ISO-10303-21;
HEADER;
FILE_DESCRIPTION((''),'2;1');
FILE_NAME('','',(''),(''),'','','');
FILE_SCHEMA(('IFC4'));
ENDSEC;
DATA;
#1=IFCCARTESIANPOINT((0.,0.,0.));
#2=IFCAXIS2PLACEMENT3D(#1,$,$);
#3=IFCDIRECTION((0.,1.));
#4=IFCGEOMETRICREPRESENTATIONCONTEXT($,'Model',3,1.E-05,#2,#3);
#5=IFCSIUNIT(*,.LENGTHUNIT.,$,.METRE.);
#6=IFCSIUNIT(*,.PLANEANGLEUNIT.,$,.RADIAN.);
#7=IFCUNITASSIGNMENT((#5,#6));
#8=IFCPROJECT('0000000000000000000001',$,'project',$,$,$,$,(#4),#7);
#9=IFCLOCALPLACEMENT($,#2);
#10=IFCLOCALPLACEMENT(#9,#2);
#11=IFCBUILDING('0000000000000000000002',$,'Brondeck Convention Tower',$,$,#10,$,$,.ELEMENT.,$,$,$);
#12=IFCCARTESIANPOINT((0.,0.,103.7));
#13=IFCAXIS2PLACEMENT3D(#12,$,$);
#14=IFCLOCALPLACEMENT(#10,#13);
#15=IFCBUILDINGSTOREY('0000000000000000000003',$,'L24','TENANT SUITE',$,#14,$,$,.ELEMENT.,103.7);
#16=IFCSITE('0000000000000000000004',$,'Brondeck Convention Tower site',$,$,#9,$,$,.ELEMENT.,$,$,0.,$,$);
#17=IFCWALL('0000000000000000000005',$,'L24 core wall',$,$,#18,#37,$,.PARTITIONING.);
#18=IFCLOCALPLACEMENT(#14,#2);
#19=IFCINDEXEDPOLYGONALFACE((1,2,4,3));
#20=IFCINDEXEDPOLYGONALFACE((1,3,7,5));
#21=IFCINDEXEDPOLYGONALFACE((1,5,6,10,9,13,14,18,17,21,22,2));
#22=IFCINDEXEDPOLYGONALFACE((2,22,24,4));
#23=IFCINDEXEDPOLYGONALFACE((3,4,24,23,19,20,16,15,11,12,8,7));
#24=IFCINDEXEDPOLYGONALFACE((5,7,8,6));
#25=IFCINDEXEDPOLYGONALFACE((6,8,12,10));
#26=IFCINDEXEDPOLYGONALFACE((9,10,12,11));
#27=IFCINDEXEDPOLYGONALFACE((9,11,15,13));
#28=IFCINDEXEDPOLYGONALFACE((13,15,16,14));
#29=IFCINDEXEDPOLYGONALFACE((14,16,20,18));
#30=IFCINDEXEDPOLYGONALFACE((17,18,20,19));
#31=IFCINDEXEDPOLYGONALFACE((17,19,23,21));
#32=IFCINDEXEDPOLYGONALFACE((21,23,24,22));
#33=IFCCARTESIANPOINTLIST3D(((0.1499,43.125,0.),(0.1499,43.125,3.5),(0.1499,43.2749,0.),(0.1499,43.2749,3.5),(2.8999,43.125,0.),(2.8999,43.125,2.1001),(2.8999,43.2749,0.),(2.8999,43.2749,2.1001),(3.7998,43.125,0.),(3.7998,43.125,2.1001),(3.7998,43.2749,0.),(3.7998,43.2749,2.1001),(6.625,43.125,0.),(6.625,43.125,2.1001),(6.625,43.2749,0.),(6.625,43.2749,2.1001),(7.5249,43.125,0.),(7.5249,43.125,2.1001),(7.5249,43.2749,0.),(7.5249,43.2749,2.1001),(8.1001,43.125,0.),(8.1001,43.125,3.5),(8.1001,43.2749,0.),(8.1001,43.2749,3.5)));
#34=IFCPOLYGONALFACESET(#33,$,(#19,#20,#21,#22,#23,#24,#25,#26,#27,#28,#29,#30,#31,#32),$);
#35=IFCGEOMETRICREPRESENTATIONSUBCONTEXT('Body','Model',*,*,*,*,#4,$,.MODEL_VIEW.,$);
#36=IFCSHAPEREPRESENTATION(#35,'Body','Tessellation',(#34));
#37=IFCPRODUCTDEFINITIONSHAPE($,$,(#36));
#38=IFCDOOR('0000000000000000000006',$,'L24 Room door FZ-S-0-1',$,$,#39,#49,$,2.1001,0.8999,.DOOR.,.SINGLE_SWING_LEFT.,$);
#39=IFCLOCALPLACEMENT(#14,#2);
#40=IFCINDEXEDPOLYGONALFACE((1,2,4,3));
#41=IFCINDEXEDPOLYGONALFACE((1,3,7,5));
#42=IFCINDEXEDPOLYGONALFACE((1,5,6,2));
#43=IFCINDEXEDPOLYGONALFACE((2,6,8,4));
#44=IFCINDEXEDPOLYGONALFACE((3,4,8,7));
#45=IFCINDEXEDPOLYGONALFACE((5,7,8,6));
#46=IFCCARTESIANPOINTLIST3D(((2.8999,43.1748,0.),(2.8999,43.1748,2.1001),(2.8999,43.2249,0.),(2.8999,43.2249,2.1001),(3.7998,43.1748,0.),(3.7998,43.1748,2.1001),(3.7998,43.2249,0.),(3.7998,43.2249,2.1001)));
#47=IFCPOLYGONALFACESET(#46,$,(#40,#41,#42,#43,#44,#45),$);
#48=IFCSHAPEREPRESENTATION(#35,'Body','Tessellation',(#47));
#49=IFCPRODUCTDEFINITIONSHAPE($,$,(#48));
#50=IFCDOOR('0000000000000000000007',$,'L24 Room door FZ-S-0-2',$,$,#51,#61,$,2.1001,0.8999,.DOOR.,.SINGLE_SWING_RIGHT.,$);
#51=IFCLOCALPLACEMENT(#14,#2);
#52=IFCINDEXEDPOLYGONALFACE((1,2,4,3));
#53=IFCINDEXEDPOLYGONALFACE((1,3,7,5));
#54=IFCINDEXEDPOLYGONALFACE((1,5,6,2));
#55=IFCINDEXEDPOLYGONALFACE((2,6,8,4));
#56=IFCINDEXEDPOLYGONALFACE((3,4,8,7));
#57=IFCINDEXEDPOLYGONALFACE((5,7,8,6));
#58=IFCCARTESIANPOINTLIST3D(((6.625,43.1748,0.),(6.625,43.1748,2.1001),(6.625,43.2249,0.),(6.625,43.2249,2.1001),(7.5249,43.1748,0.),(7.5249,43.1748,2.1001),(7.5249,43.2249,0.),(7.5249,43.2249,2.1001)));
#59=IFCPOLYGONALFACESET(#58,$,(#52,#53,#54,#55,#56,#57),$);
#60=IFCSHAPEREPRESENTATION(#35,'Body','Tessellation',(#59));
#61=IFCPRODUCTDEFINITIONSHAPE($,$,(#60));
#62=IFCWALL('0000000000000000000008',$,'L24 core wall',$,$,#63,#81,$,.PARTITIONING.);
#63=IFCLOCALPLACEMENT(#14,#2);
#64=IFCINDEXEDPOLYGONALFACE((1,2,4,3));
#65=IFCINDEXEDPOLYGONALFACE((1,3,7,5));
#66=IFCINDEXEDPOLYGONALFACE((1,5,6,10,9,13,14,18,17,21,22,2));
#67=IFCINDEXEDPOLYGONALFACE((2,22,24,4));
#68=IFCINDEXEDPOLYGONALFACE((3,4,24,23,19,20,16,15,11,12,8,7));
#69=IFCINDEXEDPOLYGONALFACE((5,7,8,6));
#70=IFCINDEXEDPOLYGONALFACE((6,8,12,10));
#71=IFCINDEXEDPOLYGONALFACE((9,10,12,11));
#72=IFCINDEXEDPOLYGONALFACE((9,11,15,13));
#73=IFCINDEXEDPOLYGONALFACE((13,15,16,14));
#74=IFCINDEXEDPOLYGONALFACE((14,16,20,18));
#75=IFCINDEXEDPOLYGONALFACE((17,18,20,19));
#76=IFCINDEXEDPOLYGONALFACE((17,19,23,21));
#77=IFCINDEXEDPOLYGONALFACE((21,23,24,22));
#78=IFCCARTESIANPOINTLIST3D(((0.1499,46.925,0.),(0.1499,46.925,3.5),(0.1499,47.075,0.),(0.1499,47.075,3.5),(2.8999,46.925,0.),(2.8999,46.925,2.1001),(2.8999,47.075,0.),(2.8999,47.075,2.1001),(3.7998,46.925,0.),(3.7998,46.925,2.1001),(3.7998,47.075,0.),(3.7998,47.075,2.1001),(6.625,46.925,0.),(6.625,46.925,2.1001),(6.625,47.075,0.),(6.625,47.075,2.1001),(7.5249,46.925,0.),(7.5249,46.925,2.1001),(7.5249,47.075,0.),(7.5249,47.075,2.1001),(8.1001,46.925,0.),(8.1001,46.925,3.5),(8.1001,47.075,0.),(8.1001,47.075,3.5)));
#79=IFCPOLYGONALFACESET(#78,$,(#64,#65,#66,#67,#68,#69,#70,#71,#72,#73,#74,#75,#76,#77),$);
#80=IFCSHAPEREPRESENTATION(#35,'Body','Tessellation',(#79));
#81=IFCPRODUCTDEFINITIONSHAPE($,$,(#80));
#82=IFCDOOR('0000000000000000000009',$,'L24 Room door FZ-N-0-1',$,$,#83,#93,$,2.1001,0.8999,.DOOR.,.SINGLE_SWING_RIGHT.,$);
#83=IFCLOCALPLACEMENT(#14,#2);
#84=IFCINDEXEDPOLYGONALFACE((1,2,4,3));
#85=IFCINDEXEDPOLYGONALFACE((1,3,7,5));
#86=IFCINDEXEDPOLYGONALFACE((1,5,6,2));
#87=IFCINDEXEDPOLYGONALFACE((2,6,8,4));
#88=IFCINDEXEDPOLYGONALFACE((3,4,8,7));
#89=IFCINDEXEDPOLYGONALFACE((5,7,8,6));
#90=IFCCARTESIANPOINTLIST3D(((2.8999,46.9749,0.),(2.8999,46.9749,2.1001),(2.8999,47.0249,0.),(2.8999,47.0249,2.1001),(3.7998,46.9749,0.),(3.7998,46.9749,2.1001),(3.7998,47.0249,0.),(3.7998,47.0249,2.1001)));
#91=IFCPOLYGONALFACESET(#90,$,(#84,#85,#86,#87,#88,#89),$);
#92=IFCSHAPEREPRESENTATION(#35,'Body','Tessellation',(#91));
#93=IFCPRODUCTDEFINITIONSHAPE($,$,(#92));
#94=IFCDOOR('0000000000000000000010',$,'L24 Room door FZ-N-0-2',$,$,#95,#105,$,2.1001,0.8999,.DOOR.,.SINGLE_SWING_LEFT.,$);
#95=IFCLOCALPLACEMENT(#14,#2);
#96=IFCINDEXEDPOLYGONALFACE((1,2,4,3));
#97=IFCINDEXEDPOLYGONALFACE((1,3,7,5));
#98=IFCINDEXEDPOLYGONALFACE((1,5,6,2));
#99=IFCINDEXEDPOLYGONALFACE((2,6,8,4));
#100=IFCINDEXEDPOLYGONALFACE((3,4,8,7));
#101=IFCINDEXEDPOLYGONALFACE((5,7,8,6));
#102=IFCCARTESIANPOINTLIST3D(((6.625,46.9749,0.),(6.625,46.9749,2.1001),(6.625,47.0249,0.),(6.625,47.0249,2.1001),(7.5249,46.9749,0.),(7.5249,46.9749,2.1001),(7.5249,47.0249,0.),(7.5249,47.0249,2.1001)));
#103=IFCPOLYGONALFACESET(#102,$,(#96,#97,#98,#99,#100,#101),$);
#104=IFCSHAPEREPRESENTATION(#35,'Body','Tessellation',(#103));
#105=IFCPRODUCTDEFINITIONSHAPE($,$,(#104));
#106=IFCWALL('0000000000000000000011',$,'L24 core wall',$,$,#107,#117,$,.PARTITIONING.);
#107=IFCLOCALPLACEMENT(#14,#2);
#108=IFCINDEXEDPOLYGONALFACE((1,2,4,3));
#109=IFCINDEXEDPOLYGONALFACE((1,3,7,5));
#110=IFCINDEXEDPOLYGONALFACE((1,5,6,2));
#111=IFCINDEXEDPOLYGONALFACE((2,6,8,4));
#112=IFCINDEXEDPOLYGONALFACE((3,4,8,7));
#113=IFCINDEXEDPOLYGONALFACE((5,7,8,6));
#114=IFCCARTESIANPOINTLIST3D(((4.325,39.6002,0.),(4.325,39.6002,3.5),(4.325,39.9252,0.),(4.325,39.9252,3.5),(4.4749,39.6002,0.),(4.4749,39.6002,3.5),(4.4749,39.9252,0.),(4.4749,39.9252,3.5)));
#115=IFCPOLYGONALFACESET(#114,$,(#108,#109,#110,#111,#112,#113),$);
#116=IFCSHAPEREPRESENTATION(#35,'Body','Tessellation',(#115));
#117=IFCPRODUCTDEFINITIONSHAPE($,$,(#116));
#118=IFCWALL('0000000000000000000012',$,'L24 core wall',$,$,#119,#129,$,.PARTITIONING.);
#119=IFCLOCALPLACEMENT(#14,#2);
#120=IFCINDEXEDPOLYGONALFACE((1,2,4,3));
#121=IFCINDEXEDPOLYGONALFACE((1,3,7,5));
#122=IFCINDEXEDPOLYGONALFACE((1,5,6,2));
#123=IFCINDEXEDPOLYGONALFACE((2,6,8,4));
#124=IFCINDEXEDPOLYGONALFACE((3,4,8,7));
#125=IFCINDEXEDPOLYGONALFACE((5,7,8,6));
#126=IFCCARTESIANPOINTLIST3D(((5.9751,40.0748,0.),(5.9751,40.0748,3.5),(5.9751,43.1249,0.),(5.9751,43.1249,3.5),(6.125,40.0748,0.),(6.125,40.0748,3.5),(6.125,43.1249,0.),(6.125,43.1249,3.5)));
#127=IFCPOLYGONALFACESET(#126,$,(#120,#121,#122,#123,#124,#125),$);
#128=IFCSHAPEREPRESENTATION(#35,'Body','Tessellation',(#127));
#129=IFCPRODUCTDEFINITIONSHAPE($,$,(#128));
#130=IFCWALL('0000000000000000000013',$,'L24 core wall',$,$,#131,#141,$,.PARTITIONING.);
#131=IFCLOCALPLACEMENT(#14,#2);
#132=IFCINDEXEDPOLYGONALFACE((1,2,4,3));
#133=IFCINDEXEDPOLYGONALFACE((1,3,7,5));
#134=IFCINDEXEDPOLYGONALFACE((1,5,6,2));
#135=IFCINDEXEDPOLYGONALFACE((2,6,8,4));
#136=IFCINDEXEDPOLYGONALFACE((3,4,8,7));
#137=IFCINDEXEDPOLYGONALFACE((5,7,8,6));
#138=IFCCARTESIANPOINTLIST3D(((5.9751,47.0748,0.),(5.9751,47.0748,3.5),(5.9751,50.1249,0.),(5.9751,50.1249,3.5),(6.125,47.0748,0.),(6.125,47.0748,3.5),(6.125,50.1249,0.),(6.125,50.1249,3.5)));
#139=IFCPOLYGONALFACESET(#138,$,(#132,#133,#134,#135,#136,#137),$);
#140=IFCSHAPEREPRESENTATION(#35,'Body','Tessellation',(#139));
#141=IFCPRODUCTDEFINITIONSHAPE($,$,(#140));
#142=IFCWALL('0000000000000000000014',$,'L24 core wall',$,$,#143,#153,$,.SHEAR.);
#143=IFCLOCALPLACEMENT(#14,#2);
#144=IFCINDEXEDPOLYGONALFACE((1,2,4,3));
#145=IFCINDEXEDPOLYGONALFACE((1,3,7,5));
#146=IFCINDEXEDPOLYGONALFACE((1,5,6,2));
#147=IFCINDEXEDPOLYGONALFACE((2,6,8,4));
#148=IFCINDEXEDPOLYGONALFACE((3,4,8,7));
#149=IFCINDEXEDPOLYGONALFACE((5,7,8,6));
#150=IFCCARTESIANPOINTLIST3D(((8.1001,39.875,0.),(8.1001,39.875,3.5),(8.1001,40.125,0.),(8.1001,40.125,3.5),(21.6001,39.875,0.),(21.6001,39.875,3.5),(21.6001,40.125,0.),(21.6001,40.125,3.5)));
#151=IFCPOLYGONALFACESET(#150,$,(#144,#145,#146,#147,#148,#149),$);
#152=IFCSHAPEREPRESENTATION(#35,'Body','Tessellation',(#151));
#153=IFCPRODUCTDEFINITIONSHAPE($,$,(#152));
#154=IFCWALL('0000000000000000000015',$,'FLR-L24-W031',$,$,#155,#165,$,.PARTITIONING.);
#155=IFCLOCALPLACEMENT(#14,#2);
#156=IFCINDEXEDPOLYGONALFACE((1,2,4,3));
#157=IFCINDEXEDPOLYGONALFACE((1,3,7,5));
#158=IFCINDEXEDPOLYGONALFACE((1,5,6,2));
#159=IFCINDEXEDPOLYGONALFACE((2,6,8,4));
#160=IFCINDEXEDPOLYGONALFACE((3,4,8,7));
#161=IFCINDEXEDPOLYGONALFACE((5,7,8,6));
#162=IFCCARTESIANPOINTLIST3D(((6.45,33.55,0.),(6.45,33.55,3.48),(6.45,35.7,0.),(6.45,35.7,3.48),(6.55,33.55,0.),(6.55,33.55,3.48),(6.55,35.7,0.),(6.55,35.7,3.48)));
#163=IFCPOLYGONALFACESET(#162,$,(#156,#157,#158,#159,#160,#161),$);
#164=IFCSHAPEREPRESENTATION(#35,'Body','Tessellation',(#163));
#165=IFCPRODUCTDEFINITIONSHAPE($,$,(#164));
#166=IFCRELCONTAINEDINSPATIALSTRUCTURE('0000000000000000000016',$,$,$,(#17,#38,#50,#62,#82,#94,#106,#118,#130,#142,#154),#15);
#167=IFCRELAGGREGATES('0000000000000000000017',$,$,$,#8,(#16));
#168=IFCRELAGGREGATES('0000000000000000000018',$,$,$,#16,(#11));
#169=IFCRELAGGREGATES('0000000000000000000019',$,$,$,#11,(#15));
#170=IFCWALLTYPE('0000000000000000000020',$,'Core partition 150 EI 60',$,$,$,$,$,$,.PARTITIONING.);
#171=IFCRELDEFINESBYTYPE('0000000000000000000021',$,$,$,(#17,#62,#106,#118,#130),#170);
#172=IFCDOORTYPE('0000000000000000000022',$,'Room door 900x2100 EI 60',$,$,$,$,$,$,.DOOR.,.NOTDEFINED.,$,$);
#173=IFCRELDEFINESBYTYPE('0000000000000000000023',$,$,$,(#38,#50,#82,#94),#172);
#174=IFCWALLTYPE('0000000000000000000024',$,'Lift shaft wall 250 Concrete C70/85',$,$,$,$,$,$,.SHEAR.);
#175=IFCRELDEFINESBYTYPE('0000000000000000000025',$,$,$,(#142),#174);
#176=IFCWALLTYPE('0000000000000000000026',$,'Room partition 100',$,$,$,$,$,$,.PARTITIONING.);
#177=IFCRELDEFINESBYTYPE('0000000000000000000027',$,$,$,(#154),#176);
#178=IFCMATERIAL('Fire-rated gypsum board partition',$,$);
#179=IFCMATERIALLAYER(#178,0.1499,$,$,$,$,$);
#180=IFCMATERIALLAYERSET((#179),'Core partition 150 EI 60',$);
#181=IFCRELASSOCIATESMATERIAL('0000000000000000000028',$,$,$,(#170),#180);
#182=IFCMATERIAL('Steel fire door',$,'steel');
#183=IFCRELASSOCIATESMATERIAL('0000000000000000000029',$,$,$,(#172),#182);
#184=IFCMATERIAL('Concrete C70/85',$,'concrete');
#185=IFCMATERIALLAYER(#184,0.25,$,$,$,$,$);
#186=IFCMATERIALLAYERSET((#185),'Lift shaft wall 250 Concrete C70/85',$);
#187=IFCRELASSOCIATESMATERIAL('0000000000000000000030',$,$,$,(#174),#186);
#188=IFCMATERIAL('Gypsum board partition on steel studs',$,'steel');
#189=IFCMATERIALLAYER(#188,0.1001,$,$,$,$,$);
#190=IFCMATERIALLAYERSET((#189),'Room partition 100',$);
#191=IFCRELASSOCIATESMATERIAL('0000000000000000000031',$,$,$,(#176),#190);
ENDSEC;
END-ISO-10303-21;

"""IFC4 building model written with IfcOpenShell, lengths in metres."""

from ifc_helpers import new_model, si_unit, direction, frame, frame_2d, origin, place, context, subcontext, project, spatial, rectangle, extrude, material, layer, layer_set, type_object, element, fill, save


model = new_model("IFC4")

# Units and contexts
model_context = context("Model", 3, precision=1e-05, world=origin(), true_north=direction((0.0, 1.0)))
body_context = subcontext(model_context, "Body", "Model", "MODEL_VIEW")
ifc_project = project(units=[si_unit("LENGTHUNIT", "METRE"), si_unit("PLANEANGLEUNIT", "RADIAN")], contexts=[model_context])

# Site, building, storey
site_placement = place(None, origin())
site = spatial("IfcSite", under=ifc_project, at=site_placement, Name="Brondeck Convention Tower site", CompositionType="ELEMENT", RefElevation=0.0)
building_placement = place(site_placement, origin())
building = spatial("IfcBuilding", under=site, at=building_placement, Name="Brondeck Convention Tower", CompositionType="ELEMENT")
storey_placement = place(building_placement, frame((0.0, 0.0, 103.7)))
storey = spatial("IfcBuildingStorey", under=building, at=storey_placement, Name="L24", Description="TENANT SUITE", CompositionType="ELEMENT", Elevation=103.7)

# Shared definitions
ifc_material_1 = material(Name="Concrete C70/85", Category="concrete")

# Shared definitions
ifc_material_2 = material(Name="Fire-rated gypsum board partition")
ifc_layer_1 = layer(ifc_material_2, 0.1499)
ifc_layer_set_1 = layer_set([ifc_layer_1], Name="Core partition 150 EI 60")
wall_type_1 = type_object("IfcWallType", Name="Core partition 150 EI 60", PredefinedType="PARTITIONING", material=ifc_layer_set_1)
ifc_material_3 = material(Name="Steel fire door", Category="steel")
door_type_1 = type_object("IfcDoorType", Name="Room door 900x2100 EI 60", OperationType="NOTDEFINED", PredefinedType="DOOR", material=ifc_material_3)

# Walls, openings, doors
wall_1_placement = place(storey_placement, frame((0.1499, 43.2, 0.0), z_axis=(0.0, 0.0, 1.0), x_axis=(1.0, 0.0, 0.0)))
wall_1 = element("IfcWall", 1, at=wall_1_placement, inside=storey, type_object=wall_type_1, Name="L24 core wall", PredefinedType="PARTITIONING", context=body_context, shape_type="SweptSolid", body=[
    extrude(rectangle(XDim=7.9502, YDim=0.1499, at=frame_2d((3.9751, 0.0))), origin(), (0.0, 0.0, 1.0), 3.5),
])
opening_1_placement = place(wall_1_placement, frame((2.75, 0.0, 0.0)))
opening_1 = element("IfcOpeningElement", 2, at=opening_1_placement, cuts=wall_1, PredefinedType="OPENING", context=body_context, shape_type="SweptSolid", body=[
    extrude(rectangle(XDim=0.8999, YDim=2.1001, at=frame_2d((0.45, 1.05))), frame((0.0, 0.085, 0.0), z_axis=(0.0, -1.0, 0.0), x_axis=(1.0, 0.0, 0.0)), (0.0, 0.0, 1.0), 0.1699),
])
opening_2_placement = place(wall_1_placement, frame((6.4751, 0.0, 0.0)))
opening_2 = element("IfcOpeningElement", 3, at=opening_2_placement, cuts=wall_1, PredefinedType="OPENING", context=body_context, shape_type="SweptSolid", body=[
    extrude(rectangle(XDim=0.8999, YDim=2.1001, at=frame_2d((0.45, 1.05))), frame((0.0, 0.085, 0.0), z_axis=(0.0, -1.0, 0.0), x_axis=(1.0, 0.0, 0.0)), (0.0, 0.0, 1.0), 0.1699),
])
door_1_placement = place(opening_1_placement, origin())
door_1 = element("IfcDoor", 4, at=door_1_placement, inside=storey, type_object=door_type_1, Name="L24 Room door FZ-S-0-1", OperationType="SINGLE_SWING_LEFT", OverallHeight=2.1001, OverallWidth=0.8999, PredefinedType="DOOR", context=body_context, shape_type="SweptSolid", body=[
    extrude(rectangle(XDim=0.8999, YDim=2.1001, at=frame_2d((0.45, 1.05))), frame((0.0, 0.0249, 0.0), z_axis=(0.0, -1.0, 0.0), x_axis=(1.0, 0.0, 0.0)), (0.0, 0.0, 1.0), 0.05),
])
fill(opening_1, door_1)
door_2_placement = place(opening_2_placement, origin())
door_2 = element("IfcDoor", 5, at=door_2_placement, inside=storey, type_object=door_type_1, Name="L24 Room door FZ-S-0-2", OperationType="SINGLE_SWING_RIGHT", OverallHeight=2.1001, OverallWidth=0.8999, PredefinedType="DOOR", context=body_context, shape_type="SweptSolid", body=[
    extrude(rectangle(XDim=0.8999, YDim=2.1001, at=frame_2d((0.45, 1.05))), frame((0.0, 0.0249, 0.0), z_axis=(0.0, -1.0, 0.0), x_axis=(1.0, 0.0, 0.0)), (0.0, 0.0, 1.0), 0.05),
])
fill(opening_2, door_2)
wall_2_placement = place(storey_placement, frame((0.1499, 47.0, 0.0), z_axis=(0.0, 0.0, 1.0), x_axis=(1.0, 0.0, 0.0)))
wall_2 = element("IfcWall", 6, at=wall_2_placement, inside=storey, type_object=wall_type_1, Name="L24 core wall", PredefinedType="PARTITIONING", context=body_context, shape_type="SweptSolid", body=[
    extrude(rectangle(XDim=7.9502, YDim=0.1499, at=frame_2d((3.9751, 0.0))), origin(), (0.0, 0.0, 1.0), 3.5),
])
opening_3_placement = place(wall_2_placement, frame((2.75, 0.0, 0.0)))
opening_3 = element("IfcOpeningElement", 7, at=opening_3_placement, cuts=wall_2, PredefinedType="OPENING", context=body_context, shape_type="SweptSolid", body=[
    extrude(rectangle(XDim=0.8999, YDim=2.1001, at=frame_2d((0.45, 1.05))), frame((0.0, 0.085, 0.0), z_axis=(0.0, -1.0, 0.0), x_axis=(1.0, 0.0, 0.0)), (0.0, 0.0, 1.0), 0.1699),
])
opening_4_placement = place(wall_2_placement, frame((6.4751, 0.0, 0.0)))
opening_4 = element("IfcOpeningElement", 8, at=opening_4_placement, cuts=wall_2, PredefinedType="OPENING", context=body_context, shape_type="SweptSolid", body=[
    extrude(rectangle(XDim=0.8999, YDim=2.1001, at=frame_2d((0.45, 1.05))), frame((0.0, 0.085, 0.0), z_axis=(0.0, -1.0, 0.0), x_axis=(1.0, 0.0, 0.0)), (0.0, 0.0, 1.0), 0.1699),
])
door_3_placement = place(opening_3_placement, origin())
door_3 = element("IfcDoor", 9, at=door_3_placement, inside=storey, type_object=door_type_1, Name="L24 Room door FZ-N-0-1", OperationType="SINGLE_SWING_RIGHT", OverallHeight=2.1001, OverallWidth=0.8999, PredefinedType="DOOR", context=body_context, shape_type="SweptSolid", body=[
    extrude(rectangle(XDim=0.8999, YDim=2.1001, at=frame_2d((0.45, 1.05))), frame((0.0, 0.0249, 0.0), z_axis=(0.0, -1.0, 0.0), x_axis=(1.0, 0.0, 0.0)), (0.0, 0.0, 1.0), 0.05),
])
fill(opening_3, door_3)
door_4_placement = place(opening_4_placement, origin())
door_4 = element("IfcDoor", 10, at=door_4_placement, inside=storey, type_object=door_type_1, Name="L24 Room door FZ-N-0-2", OperationType="SINGLE_SWING_LEFT", OverallHeight=2.1001, OverallWidth=0.8999, PredefinedType="DOOR", context=body_context, shape_type="SweptSolid", body=[
    extrude(rectangle(XDim=0.8999, YDim=2.1001, at=frame_2d((0.45, 1.05))), frame((0.0, 0.0249, 0.0), z_axis=(0.0, -1.0, 0.0), x_axis=(1.0, 0.0, 0.0)), (0.0, 0.0, 1.0), 0.05),
])
fill(opening_4, door_4)

# Walls
wall_3_placement = place(storey_placement, frame((4.3999, 39.6001, 0.0), z_axis=(0.0, 0.0, 1.0), x_axis=(0.0, 1.0, 0.0)))
element("IfcWall", 11, at=wall_3_placement, inside=storey, type_object=wall_type_1, Name="L24 core wall", PredefinedType="PARTITIONING", context=body_context, shape_type="SweptSolid", body=[
    extrude(rectangle(XDim=0.325, YDim=0.1499, at=frame_2d((0.1626, 0.0))), origin(), (0.0, 0.0, 1.0), 3.5),
])
for number, where, z_axis, x_axis, name in (
    (12, (6.05, 40.075, 0.0), (0.0, 0.0, 1.0), (0.0, 1.0, 0.0), "L24 core wall"),
    (13, (6.05, 47.075, 0.0), (0.0, 0.0, 1.0), (0.0, 1.0, 0.0), "L24 core wall"),
):
    element("IfcWall", number, at=place(storey_placement, frame(where, z_axis=z_axis, x_axis=x_axis)), inside=storey, type_object=wall_type_1, Name=name, PredefinedType="PARTITIONING", context=body_context, shape_type="SweptSolid", body=[
        extrude(rectangle(XDim=3.05, YDim=0.1499, at=frame_2d((1.5249, 0.0))), origin(), (0.0, 0.0, 1.0), 3.5),
    ])
ifc_layer_2 = layer(ifc_material_1, 0.25)
ifc_layer_set_2 = layer_set([ifc_layer_2], Name="Lift shaft wall 250 Concrete C70/85")
wall_type_2 = type_object("IfcWallType", Name="Lift shaft wall 250 Concrete C70/85", PredefinedType="SHEAR", material=ifc_layer_set_2)
wall_4_placement = place(storey_placement, frame((8.1001, 40.0, 0.0), z_axis=(0.0, 0.0, 1.0), x_axis=(1.0, 0.0, 0.0)))
element("IfcWall", 14, at=wall_4_placement, inside=storey, type_object=wall_type_2, Name="L24 core wall", PredefinedType="SHEAR", context=body_context, shape_type="SweptSolid", body=[
    extrude(rectangle(XDim=13.5, YDim=0.25, at=frame_2d((6.75, 0.0))), origin(), (0.0, 0.0, 1.0), 3.5),
])
ifc_material_4 = material(Name="Gypsum board partition on steel studs", Category="steel")
ifc_layer_3 = layer(ifc_material_4, 0.1001)
ifc_layer_set_3 = layer_set([ifc_layer_3], Name="Room partition 100")
wall_type_3 = type_object("IfcWallType", Name="Room partition 100", PredefinedType="PARTITIONING", material=ifc_layer_set_3)
wall_5_placement = place(storey_placement, frame((6.5, 33.55, 0.0), z_axis=(0.0, 0.0, 1.0), x_axis=(0.0, 1.0, 0.0)))
element("IfcWall", 15, at=wall_5_placement, inside=storey, type_object=wall_type_3, Name="FLR-L24-W031", PredefinedType="PARTITIONING", context=body_context, shape_type="SweptSolid", body=[
    extrude(rectangle(XDim=2.1499, YDim=0.1001, at=frame_2d((1.075, 0.0))), origin(), (0.0, 0.0, 1.0), 3.48),
])

save(model, "model.ifc")
